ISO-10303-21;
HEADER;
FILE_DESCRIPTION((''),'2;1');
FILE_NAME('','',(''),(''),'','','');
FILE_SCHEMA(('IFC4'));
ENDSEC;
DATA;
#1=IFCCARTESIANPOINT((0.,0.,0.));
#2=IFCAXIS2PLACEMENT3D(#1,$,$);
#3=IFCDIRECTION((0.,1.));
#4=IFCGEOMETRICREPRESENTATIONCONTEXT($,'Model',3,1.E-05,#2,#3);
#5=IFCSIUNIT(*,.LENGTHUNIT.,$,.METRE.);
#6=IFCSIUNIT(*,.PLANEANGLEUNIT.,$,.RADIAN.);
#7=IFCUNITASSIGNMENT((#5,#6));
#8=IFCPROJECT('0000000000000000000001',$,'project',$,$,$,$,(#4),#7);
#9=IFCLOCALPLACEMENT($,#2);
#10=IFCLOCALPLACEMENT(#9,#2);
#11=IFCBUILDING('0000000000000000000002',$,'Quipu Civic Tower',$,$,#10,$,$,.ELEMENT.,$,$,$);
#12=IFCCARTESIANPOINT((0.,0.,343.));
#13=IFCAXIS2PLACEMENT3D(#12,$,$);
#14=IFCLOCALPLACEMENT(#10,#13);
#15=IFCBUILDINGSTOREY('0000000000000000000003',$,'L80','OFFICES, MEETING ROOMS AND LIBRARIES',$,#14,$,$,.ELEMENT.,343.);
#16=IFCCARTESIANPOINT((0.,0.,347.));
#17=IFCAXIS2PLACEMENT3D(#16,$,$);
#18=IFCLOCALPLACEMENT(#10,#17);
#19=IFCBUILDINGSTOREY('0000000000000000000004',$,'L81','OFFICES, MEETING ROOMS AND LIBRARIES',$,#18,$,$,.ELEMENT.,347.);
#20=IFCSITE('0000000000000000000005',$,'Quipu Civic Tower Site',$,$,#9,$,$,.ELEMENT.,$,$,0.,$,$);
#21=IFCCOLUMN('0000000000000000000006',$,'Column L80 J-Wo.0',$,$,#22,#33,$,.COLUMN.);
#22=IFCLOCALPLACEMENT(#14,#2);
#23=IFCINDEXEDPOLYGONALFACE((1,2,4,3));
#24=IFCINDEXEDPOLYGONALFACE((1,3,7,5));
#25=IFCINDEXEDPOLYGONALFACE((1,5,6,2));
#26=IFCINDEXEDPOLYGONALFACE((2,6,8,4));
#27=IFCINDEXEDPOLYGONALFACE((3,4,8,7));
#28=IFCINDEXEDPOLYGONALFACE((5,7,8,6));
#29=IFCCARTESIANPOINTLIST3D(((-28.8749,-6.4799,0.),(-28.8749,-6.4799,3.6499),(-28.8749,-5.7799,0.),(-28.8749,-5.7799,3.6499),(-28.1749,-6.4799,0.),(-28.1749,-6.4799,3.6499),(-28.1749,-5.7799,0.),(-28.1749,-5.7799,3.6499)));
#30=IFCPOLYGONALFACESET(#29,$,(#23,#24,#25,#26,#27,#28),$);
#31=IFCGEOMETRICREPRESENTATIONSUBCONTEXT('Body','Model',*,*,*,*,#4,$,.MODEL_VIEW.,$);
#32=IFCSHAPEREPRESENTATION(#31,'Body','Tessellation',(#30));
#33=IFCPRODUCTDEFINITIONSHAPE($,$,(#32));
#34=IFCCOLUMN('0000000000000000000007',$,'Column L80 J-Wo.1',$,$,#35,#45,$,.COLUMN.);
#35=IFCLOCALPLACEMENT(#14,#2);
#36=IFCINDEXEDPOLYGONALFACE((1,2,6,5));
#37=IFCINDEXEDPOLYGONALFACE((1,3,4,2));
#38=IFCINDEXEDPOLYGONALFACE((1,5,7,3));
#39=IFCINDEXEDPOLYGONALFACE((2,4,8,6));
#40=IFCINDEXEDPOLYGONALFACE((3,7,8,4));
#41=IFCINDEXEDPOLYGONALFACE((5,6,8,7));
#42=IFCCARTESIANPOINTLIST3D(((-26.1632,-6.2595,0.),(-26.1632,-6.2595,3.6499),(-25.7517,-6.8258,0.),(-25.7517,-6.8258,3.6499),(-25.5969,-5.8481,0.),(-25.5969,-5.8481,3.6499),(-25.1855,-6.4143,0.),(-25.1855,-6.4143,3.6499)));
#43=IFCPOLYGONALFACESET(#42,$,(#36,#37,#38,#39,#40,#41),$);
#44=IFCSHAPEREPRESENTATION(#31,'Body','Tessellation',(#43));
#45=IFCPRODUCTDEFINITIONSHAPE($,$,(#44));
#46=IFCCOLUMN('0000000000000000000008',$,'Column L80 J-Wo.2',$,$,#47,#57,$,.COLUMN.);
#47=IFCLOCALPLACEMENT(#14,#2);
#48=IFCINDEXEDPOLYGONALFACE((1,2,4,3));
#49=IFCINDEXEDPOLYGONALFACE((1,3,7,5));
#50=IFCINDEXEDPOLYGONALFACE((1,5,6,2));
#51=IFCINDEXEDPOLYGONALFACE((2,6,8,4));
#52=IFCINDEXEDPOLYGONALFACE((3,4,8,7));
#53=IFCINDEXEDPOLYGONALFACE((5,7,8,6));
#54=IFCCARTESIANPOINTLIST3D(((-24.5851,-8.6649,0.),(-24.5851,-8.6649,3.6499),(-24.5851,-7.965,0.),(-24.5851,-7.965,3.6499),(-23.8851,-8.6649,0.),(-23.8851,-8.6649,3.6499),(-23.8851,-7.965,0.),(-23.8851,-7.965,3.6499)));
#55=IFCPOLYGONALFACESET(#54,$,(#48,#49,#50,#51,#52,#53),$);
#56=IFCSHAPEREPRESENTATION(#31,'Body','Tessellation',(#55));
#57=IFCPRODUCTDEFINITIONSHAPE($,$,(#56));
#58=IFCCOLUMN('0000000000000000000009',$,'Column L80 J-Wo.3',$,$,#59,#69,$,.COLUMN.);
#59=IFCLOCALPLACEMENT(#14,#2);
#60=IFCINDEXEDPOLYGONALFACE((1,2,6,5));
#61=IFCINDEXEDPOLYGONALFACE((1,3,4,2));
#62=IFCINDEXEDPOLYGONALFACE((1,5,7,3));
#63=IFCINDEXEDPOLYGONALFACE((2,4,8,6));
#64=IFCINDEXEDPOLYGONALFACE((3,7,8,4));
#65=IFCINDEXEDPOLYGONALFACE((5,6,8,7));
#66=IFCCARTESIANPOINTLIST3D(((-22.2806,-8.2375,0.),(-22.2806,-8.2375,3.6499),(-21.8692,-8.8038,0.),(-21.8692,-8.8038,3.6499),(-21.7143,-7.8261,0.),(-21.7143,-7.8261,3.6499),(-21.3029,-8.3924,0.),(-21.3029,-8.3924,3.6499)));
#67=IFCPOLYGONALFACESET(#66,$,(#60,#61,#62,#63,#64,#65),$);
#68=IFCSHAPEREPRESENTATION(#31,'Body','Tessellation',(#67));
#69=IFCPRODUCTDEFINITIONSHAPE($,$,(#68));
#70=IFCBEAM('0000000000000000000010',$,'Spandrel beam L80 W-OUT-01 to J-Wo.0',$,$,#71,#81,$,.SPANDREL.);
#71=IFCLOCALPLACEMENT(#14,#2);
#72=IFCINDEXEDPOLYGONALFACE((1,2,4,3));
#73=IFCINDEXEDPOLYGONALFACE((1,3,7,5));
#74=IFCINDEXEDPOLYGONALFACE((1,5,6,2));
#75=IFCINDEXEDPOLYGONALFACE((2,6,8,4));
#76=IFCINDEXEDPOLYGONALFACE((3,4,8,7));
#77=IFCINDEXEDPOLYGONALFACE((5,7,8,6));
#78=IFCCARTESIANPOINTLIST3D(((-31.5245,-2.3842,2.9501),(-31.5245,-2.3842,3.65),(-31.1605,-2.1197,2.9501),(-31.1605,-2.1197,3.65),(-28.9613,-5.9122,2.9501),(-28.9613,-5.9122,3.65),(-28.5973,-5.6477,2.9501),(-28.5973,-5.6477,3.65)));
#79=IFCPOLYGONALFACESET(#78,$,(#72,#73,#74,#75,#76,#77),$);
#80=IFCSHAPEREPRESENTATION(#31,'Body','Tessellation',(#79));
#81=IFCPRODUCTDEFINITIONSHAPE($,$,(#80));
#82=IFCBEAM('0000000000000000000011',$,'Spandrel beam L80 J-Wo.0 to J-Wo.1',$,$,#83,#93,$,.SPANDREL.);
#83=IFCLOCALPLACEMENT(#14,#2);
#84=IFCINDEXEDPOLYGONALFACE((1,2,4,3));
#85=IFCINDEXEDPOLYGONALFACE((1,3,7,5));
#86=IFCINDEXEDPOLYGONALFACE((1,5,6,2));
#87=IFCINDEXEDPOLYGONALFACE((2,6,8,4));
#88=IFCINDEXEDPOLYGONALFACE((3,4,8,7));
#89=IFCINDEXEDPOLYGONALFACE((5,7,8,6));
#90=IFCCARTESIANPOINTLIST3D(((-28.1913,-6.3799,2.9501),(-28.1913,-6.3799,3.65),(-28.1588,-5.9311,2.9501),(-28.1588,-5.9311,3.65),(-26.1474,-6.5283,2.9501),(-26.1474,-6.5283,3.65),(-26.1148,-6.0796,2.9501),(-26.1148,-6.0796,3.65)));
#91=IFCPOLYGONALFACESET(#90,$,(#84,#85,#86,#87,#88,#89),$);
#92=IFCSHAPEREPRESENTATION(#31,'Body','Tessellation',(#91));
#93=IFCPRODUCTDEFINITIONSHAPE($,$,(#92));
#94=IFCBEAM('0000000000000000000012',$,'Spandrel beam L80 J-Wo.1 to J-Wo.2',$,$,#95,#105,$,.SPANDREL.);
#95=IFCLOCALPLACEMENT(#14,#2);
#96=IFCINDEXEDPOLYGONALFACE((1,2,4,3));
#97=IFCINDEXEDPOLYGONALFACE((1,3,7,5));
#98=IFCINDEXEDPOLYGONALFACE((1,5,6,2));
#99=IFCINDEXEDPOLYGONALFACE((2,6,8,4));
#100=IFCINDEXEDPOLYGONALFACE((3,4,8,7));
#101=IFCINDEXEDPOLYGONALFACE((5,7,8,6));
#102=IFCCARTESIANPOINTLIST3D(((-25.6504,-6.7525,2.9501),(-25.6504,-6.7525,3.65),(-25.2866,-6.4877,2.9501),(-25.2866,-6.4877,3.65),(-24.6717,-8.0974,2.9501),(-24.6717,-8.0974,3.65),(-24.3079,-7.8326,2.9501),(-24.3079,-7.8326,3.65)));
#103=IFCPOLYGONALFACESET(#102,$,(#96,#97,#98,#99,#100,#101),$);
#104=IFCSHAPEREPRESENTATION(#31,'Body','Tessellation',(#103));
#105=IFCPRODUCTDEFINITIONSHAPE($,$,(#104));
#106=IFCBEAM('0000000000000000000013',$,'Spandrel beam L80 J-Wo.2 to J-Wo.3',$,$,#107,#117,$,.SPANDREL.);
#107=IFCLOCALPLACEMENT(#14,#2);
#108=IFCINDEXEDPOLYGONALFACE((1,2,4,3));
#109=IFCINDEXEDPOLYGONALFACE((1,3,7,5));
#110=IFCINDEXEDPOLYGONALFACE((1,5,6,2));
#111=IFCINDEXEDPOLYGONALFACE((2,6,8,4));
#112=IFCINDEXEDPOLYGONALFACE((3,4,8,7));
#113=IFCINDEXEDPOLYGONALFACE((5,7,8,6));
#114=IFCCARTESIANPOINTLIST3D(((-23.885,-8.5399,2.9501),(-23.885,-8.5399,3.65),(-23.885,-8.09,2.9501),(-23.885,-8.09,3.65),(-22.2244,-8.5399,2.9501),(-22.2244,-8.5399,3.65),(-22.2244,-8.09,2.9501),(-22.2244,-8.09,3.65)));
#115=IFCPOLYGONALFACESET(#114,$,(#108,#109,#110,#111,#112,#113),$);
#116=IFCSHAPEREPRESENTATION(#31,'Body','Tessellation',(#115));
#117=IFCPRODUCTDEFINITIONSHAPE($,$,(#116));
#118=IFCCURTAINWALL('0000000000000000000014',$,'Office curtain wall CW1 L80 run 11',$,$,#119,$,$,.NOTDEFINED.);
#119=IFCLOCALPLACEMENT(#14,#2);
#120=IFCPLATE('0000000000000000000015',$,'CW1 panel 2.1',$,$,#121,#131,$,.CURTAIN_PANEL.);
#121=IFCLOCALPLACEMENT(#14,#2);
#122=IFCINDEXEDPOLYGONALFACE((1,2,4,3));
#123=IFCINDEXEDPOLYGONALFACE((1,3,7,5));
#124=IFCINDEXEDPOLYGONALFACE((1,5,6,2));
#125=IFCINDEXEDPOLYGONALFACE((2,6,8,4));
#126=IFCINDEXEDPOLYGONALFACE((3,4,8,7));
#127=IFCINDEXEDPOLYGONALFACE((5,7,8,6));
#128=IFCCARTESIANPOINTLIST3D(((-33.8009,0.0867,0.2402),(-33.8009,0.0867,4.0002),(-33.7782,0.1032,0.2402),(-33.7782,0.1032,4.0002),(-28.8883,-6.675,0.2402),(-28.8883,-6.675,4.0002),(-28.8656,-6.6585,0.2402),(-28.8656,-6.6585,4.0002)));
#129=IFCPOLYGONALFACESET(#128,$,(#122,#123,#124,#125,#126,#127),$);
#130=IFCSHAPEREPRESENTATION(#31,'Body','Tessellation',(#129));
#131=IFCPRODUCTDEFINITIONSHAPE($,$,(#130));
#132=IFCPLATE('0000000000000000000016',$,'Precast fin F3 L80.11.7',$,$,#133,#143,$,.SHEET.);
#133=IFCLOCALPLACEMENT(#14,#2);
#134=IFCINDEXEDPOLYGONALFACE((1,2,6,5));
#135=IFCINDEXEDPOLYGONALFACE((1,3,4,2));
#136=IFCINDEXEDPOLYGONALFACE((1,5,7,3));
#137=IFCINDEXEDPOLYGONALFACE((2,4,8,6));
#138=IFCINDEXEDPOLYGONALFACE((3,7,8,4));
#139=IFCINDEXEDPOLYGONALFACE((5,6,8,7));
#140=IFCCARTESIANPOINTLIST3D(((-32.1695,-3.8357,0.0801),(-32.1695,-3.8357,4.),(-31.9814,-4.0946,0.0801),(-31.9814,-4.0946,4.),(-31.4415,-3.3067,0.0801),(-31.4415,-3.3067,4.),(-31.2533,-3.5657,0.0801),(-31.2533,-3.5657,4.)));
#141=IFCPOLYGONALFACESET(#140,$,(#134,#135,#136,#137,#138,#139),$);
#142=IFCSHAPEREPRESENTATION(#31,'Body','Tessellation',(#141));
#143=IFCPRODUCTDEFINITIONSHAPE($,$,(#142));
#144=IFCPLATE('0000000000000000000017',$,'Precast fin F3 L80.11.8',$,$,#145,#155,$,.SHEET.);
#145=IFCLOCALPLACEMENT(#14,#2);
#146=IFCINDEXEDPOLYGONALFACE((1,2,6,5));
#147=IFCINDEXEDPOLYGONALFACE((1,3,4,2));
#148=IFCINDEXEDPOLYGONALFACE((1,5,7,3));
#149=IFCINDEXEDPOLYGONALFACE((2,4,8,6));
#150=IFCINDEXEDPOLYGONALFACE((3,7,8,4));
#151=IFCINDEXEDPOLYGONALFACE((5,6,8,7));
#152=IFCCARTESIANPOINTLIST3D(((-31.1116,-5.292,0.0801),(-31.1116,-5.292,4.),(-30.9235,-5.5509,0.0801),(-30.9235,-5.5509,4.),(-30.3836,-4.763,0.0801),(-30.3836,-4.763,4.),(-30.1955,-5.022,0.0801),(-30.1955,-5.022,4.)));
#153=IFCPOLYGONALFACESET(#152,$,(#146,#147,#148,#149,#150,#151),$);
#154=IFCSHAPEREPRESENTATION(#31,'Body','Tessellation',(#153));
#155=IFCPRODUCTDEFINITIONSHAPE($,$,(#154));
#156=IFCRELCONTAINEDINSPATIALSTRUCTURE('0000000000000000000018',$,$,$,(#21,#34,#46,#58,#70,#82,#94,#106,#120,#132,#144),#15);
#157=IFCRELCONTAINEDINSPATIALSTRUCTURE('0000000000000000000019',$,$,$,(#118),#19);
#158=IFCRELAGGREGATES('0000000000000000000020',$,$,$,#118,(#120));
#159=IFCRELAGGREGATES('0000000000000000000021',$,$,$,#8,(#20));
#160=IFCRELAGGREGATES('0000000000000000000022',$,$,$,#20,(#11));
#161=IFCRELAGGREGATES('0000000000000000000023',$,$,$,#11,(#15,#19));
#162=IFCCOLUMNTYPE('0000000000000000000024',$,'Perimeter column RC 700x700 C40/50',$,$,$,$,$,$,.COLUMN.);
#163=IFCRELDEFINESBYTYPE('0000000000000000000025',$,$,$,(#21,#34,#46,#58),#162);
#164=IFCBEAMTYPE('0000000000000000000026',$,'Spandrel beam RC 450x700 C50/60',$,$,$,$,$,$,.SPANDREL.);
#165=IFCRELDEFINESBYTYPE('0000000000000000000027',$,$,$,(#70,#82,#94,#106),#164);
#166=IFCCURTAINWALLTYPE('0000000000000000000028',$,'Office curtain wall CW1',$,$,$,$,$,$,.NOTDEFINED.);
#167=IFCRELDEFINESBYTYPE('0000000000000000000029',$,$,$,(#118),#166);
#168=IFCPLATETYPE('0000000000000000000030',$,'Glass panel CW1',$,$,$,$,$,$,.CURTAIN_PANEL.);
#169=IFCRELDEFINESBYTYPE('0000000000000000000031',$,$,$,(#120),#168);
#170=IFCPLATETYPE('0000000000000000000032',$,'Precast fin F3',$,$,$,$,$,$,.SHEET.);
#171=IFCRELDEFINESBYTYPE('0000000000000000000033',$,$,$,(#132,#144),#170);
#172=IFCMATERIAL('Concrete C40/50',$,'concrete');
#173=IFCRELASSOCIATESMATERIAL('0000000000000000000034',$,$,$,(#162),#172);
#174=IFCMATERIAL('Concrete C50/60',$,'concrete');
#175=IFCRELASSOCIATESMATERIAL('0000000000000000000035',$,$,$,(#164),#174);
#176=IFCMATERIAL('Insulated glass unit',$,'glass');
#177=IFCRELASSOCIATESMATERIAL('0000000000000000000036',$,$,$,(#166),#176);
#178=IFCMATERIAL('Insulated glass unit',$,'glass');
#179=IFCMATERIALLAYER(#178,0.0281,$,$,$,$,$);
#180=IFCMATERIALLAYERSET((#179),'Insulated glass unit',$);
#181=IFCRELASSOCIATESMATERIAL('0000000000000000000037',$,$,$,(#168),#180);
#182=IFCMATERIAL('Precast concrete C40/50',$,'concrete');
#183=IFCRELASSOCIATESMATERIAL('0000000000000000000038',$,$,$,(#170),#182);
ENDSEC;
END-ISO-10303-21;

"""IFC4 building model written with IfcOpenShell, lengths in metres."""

from ifc_helpers import new_model, si_unit, direction, frame, origin, origin_2d, place, context, subcontext, project, spatial, rectangle, extrude, material, layer, layer_set, material_profile, profile_set, type_object, element, aggregate, save


model = new_model("IFC4")

# Units and contexts
model_context = context("Model", 3, precision=1e-05, world=origin(), true_north=direction((0.0, 1.0)))
body_context = subcontext(model_context, "Body", "Model", "MODEL_VIEW")
ifc_project = project(units=[si_unit("LENGTHUNIT", "METRE"), si_unit("PLANEANGLEUNIT", "RADIAN")], contexts=[model_context])

# Site, building, storey
site_placement = place(None, origin())
site = spatial("IfcSite", under=ifc_project, at=site_placement, Name="Quipu Civic Tower Site", CompositionType="ELEMENT", RefElevation=0.0)
building_placement = place(site_placement, origin())
building = spatial("IfcBuilding", under=site, at=building_placement, Name="Quipu Civic Tower", CompositionType="ELEMENT")
storey_1_placement = place(building_placement, frame((0.0, 0.0, 343.0)))
storey_1 = spatial("IfcBuildingStorey", under=building, at=storey_1_placement, Name="L80", Description="OFFICES, MEETING ROOMS AND LIBRARIES", CompositionType="ELEMENT", Elevation=343.0)

# Columns
ifc_material_1 = material(Name="Concrete C40/50", Category="concrete")
ifc_material_profile_1 = material_profile(ifc_material_1, rectangle(XDim=0.7, YDim=0.7, at=origin_2d()), Name="RC700x700")
ifc_profile_set_1 = profile_set([ifc_material_profile_1], Name="Concrete C40/50")
column_type = type_object("IfcColumnType", Name="Perimeter column RC 700x700 C40/50", PredefinedType="COLUMN", material=ifc_profile_set_1)
for number, where, z_axis, x_axis, name in (
    (1, (-28.5249, -6.1299, 0.0), (0.0, 0.0, 1.0), (1.0, 0.0, 0.0), "Column L80 J-Wo.0"),
    (2, (-25.6743, -6.3369, 0.0), (0.0, 0.0, 1.0), (0.587785, -0.809017, 0.0), "Column L80 J-Wo.1"),
    (3, (-24.2351, -8.3149, 0.0), (0.0, 0.0, 1.0), (1.0, 0.0, 0.0), "Column L80 J-Wo.2"),
    (4, (-21.7917, -8.3149, 0.0), (0.0, 0.0, 1.0), (0.587785, -0.809017, 0.0), "Column L80 J-Wo.3"),
):
    element("IfcColumn", number, at=place(storey_1_placement, frame(where, z_axis=z_axis, x_axis=x_axis)), inside=storey_1, type_object=column_type, Name=name, PredefinedType="COLUMN", context=body_context, shape_type="SweptSolid", body=[
        extrude(rectangle(XDim=0.7, YDim=0.7, at=origin_2d()), origin(), (0.0, 0.0, 1.0), 3.6499),
    ])

# Beams
ifc_material_2 = material(Name="Concrete C50/60", Category="concrete")
ifc_material_profile_2 = material_profile(ifc_material_2, rectangle(XDim=0.45, YDim=0.7, at=origin_2d()), Name="RC450x700")
ifc_profile_set_2 = profile_set([ifc_material_profile_2], Name="Concrete C50/60")
beam_type = type_object("IfcBeamType", Name="Spandrel beam RC 450x700 C50/60", PredefinedType="SPANDREL", material=ifc_profile_set_2)
beam_1_placement = place(storey_1_placement, frame((-31.3425, -2.252, 3.3), z_axis=(0.587776, -0.809024, 0.0), x_axis=(0.809024, 0.587776, 0.0)))
element("IfcBeam", 5, at=beam_1_placement, inside=storey_1, type_object=beam_type, Name="Spandrel beam L80 W-OUT-01 to J-Wo.0", PredefinedType="SPANDREL", context=body_context, shape_type="SweptSolid", body=[
    extrude(rectangle(XDim=0.45, YDim=0.7, at=origin_2d()), origin(), (0.0, 0.0, 1.0), 4.3608),
])
beam_2_placement = place(storey_1_placement, frame((-28.175, -6.1555, 3.3), z_axis=(0.997373, -0.072432, 0.0), x_axis=(0.072432, 0.997373, 0.0)))
element("IfcBeam", 6, at=beam_2_placement, inside=storey_1, type_object=beam_type, Name="Spandrel beam L80 J-Wo.0 to J-Wo.1", PredefinedType="SPANDREL", context=body_context, shape_type="SweptSolid", body=[
    extrude(rectangle(XDim=0.45, YDim=0.7, at=origin_2d()), origin(), (0.0, 0.0, 1.0), 2.0493),
])
beam_3_placement = place(storey_1_placement, frame((-25.4685, -6.6201, 3.3), z_axis=(0.588407, -0.808565, 0.0), x_axis=(0.808565, 0.588407, 0.0)))
element("IfcBeam", 7, at=beam_3_placement, inside=storey_1, type_object=beam_type, Name="Spandrel beam L80 J-Wo.1 to J-Wo.2", PredefinedType="SPANDREL", context=body_context, shape_type="SweptSolid", body=[
    extrude(rectangle(XDim=0.45, YDim=0.7, at=origin_2d()), origin(), (0.0, 0.0, 1.0), 1.6633),
])
beam_4_placement = place(storey_1_placement, frame((-23.885, -8.3149, 3.3), z_axis=(1.0, 0.0, 0.0), x_axis=(0.0, 1.0, 0.0)))
element("IfcBeam", 8, at=beam_4_placement, inside=storey_1, type_object=beam_type, Name="Spandrel beam L80 J-Wo.2 to J-Wo.3", PredefinedType="SPANDREL", context=body_context, shape_type="SweptSolid", body=[
    extrude(rectangle(XDim=0.45, YDim=0.7, at=origin_2d()), origin(), (0.0, 0.0, 1.0), 1.6606),
])

# Shared definitions
storey_2_placement = place(building_placement, frame((0.0, 0.0, 347.0)))
storey_2 = spatial("IfcBuildingStorey", under=building, at=storey_2_placement, Name="L81", Description="OFFICES, MEETING ROOMS AND LIBRARIES", CompositionType="ELEMENT", Elevation=347.0)

# Curtain wall, plate
ifc_material_3 = material(Name="Insulated glass unit", Category="glass")
curtain_wall_type = type_object("IfcCurtainWallType", Name="Office curtain wall CW1", PredefinedType="NOTDEFINED", material=ifc_material_3)
curtain_wall_placement = place(storey_2_placement, origin())
curtain_wall = element("IfcCurtainWall", 9, at=curtain_wall_placement, inside=storey_2, type_object=curtain_wall_type, Name="Office curtain wall CW1 L80 run 11", PredefinedType="NOTDEFINED")
ifc_material_4 = material(Name="Insulated glass unit", Category="glass")
ifc_layer_1 = layer(ifc_material_4, 0.0281)
ifc_layer_set_1 = layer_set([ifc_layer_1], Name="Insulated glass unit")
plate_type_1 = type_object("IfcPlateType", Name="Glass panel CW1", PredefinedType="CURTAIN_PANEL", material=ifc_layer_set_1)
plate_placement = place(storey_1_placement, frame((-31.3333, -3.2859, 0.2402), z_axis=(0.0, 0.0, 1.0), x_axis=(0.587786, -0.809016, 0.0)))
plate = element("IfcPlate", 10, at=plate_placement, inside=storey_1, type_object=plate_type_1, Name="CW1 panel 2.1", PredefinedType="CURTAIN_PANEL", context=body_context, shape_type="SweptSolid", body=[
    extrude(rectangle(XDim=8.3579, YDim=0.0281, at=origin_2d()), origin(), (0.0, 0.0, 1.0), 3.76),
])
aggregate(curtain_wall, [plate])

# Plates
ifc_material_5 = material(Name="Precast concrete C40/50", Category="concrete")
plate_type_2 = type_object("IfcPlateType", Name="Precast fin F3", PredefinedType="SHEET", material=ifc_material_5)
for number, where, z_axis, x_axis, name in (
    (11, (-31.7114, -3.7007, 0.0801), (0.0, 0.0, 1.0), (0.587787, -0.809016, 0.0), "Precast fin F3 L80.11.7"),
    (12, (-30.6536, -5.157, 0.0801), (0.0, 0.0, 1.0), (0.587787, -0.809016, 0.0), "Precast fin F3 L80.11.8"),
):
    element("IfcPlate", number, at=place(storey_1_placement, frame(where, z_axis=z_axis, x_axis=x_axis)), inside=storey_1, type_object=plate_type_2, Name=name, PredefinedType="SHEET", context=body_context, shape_type="SweptSolid", body=[
        extrude(rectangle(XDim=0.3201, YDim=0.8999, at=origin_2d()), origin(), (0.0, 0.0, 1.0), 3.9199),
    ])

save(model, "model.ifc")
